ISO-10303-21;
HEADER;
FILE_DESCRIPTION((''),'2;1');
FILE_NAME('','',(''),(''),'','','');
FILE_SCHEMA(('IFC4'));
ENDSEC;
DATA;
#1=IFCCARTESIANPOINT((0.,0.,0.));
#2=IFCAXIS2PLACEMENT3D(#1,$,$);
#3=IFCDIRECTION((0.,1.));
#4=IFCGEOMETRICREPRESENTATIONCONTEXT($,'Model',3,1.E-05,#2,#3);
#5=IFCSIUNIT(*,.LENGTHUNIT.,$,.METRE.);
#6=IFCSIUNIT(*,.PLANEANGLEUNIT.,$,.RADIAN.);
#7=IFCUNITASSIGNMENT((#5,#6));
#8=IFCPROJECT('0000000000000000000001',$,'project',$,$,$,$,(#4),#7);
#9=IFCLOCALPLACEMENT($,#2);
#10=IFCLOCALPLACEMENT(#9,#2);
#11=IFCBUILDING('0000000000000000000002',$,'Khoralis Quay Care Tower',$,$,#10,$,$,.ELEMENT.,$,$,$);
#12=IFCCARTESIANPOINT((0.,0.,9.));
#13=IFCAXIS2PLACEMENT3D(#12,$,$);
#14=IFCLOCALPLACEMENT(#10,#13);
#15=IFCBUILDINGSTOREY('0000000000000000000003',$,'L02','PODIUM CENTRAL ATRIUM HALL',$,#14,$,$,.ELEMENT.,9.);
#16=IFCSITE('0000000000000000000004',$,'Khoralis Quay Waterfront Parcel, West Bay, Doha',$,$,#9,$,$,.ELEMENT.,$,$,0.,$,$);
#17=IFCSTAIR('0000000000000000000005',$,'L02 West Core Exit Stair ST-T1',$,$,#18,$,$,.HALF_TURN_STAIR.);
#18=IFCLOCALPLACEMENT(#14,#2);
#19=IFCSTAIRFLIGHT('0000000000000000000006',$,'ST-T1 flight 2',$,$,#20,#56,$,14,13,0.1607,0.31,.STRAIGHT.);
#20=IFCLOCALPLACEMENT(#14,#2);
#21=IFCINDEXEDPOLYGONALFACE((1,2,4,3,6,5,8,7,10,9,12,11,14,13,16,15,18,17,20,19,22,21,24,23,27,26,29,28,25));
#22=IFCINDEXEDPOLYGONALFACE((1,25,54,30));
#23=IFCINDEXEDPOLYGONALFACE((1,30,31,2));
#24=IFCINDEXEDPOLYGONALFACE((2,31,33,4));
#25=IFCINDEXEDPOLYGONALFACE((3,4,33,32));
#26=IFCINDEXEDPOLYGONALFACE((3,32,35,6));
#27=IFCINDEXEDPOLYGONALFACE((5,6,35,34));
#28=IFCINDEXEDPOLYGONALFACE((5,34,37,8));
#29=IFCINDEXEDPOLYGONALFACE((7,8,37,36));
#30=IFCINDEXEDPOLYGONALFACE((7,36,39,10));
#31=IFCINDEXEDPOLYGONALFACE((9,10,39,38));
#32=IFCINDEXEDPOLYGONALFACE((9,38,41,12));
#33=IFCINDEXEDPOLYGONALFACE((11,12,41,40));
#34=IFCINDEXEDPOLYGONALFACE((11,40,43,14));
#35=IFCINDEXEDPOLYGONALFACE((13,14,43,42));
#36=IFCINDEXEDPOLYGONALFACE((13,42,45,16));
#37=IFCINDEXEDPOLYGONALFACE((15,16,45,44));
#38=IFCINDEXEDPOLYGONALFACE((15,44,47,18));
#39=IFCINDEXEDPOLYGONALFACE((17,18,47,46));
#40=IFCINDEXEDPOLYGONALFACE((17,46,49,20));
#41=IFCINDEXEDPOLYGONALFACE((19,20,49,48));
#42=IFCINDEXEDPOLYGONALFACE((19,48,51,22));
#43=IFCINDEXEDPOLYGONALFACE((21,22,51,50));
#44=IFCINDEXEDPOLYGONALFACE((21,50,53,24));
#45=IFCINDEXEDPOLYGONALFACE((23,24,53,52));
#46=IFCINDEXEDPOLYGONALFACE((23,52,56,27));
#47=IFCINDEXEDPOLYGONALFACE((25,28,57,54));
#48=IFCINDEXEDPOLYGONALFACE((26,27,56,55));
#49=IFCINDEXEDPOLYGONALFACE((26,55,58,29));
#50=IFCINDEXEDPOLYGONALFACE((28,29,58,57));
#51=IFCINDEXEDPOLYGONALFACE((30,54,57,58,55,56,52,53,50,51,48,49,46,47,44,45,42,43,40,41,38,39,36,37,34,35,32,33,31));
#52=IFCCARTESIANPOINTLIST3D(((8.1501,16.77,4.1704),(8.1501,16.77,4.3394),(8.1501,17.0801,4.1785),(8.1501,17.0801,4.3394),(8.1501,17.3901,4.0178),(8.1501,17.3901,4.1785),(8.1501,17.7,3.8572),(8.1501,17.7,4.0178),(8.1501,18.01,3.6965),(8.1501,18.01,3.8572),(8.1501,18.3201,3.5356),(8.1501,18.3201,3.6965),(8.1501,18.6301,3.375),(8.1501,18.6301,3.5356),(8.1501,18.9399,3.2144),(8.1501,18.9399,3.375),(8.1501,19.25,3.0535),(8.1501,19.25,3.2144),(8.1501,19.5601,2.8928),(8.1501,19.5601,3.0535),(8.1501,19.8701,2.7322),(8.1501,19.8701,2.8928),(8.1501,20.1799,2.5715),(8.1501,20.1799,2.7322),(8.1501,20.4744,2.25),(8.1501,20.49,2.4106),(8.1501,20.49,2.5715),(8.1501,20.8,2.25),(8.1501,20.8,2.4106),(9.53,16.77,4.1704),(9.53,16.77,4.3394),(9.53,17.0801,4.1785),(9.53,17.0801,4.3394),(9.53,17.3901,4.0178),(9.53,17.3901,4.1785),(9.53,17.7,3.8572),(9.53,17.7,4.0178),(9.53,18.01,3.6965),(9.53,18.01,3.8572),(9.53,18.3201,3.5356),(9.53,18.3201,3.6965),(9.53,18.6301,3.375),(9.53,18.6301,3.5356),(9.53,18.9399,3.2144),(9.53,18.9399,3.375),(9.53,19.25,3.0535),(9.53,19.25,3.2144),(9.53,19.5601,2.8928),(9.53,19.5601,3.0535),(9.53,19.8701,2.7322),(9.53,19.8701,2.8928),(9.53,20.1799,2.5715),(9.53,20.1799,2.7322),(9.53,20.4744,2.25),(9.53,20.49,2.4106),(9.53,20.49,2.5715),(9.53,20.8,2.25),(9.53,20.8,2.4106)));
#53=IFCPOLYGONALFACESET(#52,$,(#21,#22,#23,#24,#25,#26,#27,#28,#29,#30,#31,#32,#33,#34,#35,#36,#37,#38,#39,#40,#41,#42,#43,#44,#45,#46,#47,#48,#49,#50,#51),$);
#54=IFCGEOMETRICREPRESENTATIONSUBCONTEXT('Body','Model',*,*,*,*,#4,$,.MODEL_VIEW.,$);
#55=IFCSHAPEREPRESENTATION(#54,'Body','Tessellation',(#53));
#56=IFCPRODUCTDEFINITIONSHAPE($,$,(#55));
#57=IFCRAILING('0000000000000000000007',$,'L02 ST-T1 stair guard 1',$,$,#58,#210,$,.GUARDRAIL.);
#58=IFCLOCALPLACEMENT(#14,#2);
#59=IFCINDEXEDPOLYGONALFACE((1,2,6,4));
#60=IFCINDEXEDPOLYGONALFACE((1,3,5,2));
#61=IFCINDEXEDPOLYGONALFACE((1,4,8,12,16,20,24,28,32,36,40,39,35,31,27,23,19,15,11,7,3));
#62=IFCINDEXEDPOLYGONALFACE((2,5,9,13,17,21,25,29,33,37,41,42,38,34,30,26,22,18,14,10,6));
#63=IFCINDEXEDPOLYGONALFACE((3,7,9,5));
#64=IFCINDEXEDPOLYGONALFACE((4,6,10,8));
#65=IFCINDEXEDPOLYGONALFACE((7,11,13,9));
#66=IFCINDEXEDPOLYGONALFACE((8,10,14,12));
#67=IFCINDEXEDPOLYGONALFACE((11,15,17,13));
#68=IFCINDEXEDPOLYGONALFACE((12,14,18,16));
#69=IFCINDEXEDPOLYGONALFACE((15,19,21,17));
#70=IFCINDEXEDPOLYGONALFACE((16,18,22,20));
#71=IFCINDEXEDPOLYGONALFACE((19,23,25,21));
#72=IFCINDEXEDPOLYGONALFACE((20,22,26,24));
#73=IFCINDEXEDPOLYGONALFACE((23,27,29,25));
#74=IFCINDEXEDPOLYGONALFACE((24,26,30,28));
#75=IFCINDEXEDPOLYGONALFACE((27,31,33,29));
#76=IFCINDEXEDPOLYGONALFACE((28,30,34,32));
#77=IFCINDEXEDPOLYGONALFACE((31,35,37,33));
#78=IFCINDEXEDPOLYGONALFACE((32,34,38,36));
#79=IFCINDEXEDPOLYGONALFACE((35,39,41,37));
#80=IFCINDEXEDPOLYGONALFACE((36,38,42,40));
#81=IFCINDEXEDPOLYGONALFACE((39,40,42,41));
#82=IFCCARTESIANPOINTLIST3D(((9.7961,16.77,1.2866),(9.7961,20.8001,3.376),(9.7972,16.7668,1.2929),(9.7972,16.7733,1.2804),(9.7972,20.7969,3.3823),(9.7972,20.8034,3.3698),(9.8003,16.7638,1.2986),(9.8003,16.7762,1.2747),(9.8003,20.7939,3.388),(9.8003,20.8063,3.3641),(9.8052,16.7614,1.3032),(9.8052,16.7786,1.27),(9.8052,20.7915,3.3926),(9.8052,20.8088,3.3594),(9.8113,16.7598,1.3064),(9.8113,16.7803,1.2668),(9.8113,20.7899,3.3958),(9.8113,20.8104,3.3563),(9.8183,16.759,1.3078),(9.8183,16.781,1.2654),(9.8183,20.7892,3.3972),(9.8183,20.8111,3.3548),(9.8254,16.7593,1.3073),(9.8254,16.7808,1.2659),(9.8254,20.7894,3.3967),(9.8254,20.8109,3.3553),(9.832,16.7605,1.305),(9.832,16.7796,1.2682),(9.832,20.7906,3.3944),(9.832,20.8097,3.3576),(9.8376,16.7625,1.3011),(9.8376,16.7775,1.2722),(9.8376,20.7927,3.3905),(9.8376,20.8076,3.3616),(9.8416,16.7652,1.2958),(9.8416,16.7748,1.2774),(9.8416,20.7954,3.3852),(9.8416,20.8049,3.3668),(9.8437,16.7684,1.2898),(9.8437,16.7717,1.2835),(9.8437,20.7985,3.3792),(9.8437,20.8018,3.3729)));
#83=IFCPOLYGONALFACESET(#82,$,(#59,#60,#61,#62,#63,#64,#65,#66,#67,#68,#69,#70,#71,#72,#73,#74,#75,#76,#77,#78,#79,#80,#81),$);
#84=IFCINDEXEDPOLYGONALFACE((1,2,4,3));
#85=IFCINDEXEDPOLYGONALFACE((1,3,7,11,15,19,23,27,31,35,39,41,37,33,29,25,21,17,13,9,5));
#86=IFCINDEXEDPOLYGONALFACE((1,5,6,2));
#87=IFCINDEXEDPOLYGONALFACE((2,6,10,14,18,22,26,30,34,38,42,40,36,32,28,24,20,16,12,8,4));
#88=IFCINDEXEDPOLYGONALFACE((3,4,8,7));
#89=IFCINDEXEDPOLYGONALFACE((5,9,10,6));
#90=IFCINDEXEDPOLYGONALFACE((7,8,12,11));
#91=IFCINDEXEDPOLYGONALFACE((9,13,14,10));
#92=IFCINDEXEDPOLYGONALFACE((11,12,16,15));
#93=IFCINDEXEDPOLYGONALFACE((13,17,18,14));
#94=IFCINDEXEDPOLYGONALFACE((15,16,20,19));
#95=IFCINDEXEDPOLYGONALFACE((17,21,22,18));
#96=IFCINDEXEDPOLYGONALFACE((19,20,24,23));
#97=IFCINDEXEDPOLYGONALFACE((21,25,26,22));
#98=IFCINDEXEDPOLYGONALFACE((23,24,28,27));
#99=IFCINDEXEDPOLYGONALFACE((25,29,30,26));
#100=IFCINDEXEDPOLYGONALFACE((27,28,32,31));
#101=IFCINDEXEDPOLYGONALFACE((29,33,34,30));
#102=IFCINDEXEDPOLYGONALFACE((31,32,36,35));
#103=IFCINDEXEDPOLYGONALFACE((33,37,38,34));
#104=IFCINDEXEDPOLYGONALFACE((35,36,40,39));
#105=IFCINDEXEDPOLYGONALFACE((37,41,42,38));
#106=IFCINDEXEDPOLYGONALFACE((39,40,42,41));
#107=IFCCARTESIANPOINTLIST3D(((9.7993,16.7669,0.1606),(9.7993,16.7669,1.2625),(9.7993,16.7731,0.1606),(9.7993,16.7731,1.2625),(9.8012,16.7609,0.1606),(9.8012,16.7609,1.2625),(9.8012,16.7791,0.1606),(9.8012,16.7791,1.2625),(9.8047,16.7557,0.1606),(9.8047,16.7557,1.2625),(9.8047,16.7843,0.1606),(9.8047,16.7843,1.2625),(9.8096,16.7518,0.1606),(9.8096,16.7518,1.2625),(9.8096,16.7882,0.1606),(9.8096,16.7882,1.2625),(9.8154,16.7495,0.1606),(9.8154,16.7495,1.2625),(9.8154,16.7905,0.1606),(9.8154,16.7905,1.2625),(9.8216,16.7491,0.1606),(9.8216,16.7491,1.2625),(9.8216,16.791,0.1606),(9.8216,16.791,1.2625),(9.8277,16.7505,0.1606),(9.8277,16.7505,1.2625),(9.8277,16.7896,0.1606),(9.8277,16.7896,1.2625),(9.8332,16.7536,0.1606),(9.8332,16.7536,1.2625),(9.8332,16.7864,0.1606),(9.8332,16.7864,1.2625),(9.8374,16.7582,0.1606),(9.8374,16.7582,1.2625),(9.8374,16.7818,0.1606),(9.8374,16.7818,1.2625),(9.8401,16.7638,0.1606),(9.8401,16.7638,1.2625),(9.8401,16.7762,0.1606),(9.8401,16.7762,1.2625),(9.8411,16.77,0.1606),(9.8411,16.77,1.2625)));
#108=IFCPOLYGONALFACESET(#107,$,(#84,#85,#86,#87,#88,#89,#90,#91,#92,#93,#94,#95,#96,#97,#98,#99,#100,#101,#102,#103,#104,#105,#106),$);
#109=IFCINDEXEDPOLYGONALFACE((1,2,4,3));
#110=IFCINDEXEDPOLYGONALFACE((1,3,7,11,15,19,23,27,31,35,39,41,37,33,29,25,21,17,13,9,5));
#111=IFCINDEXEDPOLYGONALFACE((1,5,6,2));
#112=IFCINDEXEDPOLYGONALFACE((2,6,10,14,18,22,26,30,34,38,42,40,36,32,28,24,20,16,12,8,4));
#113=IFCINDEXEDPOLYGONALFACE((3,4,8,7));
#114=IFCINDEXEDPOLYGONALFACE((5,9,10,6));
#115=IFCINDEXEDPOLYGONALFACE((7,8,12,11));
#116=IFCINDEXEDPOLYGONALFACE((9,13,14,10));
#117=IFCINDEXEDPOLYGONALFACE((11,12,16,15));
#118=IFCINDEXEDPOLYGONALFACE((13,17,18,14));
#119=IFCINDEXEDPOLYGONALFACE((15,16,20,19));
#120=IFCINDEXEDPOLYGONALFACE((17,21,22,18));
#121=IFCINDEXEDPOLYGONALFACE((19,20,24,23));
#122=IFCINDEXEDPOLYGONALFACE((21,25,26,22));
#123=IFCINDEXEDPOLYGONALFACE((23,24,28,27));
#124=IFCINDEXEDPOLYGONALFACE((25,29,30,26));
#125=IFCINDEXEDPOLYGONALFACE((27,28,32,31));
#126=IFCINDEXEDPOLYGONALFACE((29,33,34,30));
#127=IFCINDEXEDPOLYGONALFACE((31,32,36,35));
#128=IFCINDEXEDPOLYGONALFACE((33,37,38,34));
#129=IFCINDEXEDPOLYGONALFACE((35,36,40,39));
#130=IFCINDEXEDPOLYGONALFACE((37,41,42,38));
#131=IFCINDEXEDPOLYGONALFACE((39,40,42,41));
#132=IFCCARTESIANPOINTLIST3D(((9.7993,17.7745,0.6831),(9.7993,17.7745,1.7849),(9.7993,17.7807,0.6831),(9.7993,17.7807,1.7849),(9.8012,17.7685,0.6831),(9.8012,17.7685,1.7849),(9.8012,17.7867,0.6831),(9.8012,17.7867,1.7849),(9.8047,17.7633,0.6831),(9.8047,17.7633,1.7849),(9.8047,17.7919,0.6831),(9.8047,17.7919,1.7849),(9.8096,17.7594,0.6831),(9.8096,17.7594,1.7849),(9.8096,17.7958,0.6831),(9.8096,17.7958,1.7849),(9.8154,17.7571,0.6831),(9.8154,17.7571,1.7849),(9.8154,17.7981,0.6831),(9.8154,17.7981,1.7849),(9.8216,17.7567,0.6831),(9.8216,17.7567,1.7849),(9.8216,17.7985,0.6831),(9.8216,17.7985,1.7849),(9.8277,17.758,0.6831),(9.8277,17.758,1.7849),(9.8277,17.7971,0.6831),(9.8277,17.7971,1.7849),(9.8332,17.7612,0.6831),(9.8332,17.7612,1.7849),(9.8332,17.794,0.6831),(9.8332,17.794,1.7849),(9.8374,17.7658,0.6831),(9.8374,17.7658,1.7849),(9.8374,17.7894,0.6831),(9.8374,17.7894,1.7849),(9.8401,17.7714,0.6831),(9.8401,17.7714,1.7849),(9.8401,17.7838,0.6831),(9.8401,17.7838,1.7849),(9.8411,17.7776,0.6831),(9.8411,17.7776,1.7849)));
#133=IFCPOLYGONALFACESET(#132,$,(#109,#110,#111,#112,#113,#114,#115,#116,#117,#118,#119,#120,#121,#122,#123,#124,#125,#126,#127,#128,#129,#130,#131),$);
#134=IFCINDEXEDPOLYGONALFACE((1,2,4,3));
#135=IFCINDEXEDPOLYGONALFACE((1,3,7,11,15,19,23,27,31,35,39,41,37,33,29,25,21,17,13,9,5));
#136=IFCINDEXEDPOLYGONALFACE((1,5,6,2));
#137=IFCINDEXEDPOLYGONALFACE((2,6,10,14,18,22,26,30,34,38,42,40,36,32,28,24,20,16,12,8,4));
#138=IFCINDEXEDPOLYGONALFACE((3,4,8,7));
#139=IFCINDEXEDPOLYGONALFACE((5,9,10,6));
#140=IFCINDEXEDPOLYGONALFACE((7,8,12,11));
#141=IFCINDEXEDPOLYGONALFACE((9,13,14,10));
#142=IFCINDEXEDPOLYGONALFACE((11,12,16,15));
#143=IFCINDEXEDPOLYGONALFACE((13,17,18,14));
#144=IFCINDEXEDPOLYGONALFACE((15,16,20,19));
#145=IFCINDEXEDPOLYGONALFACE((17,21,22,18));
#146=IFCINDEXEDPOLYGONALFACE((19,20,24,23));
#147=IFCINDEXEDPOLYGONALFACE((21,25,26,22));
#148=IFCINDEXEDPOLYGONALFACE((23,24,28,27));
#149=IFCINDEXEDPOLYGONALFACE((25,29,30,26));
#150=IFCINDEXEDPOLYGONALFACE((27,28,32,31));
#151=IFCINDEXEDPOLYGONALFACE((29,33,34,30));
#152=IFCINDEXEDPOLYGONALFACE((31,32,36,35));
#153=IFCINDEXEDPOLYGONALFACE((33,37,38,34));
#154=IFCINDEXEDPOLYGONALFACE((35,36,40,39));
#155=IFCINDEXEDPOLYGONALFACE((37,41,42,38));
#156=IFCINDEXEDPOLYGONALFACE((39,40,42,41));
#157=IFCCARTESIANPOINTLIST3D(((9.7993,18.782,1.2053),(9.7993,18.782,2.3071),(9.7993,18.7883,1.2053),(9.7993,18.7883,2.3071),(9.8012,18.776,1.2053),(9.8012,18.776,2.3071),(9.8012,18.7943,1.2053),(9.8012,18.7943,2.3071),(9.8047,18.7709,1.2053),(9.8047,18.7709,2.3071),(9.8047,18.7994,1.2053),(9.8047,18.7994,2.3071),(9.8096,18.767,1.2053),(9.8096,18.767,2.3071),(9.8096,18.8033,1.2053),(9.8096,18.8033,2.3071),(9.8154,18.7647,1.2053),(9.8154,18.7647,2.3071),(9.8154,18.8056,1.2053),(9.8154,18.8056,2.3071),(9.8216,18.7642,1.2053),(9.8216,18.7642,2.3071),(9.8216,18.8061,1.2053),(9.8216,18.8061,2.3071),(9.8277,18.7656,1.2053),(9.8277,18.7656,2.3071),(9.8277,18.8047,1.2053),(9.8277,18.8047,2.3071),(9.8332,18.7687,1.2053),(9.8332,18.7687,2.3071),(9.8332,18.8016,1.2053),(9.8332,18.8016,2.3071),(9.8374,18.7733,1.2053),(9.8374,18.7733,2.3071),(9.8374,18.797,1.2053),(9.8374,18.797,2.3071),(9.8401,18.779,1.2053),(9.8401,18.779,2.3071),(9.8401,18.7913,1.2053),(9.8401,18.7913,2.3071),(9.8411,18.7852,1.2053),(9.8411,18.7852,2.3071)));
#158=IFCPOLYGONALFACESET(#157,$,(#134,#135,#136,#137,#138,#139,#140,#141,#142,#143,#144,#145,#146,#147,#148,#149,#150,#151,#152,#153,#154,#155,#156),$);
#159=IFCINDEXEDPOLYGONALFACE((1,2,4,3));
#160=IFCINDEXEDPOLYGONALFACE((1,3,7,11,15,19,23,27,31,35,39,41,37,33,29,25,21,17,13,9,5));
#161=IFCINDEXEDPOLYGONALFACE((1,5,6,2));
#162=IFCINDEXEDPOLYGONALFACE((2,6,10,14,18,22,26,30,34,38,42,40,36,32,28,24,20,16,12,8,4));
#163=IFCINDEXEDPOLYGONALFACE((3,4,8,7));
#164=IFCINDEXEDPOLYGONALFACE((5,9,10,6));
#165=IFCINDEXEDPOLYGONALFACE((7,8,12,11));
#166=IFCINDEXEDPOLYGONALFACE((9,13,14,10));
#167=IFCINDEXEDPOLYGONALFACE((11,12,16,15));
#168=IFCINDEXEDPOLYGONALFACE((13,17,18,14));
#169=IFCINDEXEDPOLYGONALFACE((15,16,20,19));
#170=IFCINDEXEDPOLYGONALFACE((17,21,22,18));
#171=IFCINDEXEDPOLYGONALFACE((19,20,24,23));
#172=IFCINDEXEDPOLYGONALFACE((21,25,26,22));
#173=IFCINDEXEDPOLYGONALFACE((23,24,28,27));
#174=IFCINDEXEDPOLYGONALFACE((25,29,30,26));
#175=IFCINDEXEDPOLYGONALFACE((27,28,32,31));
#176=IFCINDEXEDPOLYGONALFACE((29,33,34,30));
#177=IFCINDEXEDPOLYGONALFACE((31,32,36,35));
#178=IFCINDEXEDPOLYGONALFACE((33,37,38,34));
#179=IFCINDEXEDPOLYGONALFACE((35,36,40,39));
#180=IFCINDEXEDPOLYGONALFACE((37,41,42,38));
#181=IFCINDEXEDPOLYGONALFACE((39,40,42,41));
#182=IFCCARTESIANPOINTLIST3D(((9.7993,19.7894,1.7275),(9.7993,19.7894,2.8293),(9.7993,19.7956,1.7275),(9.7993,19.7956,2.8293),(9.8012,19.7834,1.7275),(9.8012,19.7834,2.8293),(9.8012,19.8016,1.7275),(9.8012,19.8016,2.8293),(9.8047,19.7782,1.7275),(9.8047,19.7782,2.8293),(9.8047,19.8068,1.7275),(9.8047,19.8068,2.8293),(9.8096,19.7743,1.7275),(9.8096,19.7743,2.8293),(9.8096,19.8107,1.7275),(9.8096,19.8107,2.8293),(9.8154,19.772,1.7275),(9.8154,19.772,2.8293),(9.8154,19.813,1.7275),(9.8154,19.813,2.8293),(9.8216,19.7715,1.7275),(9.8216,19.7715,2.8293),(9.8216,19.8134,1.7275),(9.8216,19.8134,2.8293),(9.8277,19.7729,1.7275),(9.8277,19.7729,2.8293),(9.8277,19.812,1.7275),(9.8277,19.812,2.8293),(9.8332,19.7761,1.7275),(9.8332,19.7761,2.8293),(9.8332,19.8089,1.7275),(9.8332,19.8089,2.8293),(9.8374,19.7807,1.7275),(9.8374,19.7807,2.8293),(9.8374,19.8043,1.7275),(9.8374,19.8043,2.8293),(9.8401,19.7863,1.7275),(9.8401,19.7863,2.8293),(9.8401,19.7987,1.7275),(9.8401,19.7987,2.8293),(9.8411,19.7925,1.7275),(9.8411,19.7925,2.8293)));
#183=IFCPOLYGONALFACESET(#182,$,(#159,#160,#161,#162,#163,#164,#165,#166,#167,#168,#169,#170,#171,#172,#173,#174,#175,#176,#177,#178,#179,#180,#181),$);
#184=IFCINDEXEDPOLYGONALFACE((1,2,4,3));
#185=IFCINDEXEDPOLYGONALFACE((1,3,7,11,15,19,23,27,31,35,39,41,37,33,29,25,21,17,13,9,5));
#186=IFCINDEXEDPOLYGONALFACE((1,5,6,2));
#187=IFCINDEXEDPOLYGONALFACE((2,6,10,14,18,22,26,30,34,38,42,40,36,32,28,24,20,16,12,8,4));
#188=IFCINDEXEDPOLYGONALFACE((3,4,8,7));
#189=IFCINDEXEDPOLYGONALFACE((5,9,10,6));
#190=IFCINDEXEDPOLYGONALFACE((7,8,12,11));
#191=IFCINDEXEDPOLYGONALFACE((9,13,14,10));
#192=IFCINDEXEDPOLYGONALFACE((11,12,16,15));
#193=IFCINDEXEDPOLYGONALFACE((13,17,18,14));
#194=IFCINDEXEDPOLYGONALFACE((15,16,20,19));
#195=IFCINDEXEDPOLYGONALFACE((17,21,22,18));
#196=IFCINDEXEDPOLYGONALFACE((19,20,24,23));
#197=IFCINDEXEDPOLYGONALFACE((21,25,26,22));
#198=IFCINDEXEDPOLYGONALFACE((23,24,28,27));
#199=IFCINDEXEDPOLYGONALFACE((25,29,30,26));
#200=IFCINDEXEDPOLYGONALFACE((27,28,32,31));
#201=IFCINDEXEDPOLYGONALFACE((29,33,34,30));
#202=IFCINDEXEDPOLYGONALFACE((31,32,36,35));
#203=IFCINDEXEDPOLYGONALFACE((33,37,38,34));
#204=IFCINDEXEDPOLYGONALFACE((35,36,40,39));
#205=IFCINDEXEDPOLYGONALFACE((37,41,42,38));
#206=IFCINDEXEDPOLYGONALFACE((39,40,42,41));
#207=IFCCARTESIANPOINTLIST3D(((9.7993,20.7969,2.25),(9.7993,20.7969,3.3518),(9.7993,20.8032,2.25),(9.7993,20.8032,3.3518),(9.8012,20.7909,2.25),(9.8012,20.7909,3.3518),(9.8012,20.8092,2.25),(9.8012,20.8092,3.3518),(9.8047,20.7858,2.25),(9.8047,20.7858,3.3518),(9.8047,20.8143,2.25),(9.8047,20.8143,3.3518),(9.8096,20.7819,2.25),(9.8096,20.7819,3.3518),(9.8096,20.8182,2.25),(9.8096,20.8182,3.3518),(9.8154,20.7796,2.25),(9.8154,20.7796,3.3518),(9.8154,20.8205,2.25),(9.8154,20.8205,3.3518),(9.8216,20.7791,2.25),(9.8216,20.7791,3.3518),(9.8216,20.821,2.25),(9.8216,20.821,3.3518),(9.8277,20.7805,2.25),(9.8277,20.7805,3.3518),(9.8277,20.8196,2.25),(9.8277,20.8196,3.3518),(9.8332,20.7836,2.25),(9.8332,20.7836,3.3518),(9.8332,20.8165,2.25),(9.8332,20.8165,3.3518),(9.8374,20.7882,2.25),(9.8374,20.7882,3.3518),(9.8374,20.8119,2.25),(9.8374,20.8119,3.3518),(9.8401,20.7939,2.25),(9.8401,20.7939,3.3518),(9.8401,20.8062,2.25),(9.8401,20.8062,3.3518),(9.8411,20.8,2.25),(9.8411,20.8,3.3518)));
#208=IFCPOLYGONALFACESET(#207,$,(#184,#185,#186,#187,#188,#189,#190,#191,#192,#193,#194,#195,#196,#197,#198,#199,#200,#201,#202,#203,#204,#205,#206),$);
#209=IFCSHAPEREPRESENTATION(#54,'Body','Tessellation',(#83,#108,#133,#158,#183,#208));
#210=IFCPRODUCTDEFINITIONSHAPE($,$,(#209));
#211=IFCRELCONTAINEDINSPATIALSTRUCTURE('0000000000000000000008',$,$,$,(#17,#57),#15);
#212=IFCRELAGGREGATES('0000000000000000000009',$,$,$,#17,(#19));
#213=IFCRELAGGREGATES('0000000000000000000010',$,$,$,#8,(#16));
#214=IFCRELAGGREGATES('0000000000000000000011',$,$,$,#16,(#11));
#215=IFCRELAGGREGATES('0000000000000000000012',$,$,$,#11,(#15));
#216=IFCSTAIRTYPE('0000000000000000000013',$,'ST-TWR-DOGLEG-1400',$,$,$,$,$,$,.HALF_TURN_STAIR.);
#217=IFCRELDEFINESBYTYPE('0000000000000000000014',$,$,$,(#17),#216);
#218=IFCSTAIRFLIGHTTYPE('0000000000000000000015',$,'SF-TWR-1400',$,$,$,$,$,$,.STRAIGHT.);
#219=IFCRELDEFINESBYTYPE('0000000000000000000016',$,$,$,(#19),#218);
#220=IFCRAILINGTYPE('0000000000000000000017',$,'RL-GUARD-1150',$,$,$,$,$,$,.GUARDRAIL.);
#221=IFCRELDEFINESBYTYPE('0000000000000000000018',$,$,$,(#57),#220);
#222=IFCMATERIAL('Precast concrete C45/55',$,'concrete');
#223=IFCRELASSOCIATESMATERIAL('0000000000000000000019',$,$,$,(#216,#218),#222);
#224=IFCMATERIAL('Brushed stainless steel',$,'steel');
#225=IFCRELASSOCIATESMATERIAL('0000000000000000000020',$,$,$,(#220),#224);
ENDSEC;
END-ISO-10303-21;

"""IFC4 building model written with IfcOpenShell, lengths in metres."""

from ifc_helpers import new_model, si_unit, direction, frame, origin, origin_2d, place, context, subcontext, project, spatial, polyline, circle, outline, extrude, source, transform, mapped, material, type_object, element, aggregate, save


model = new_model("IFC4")

# Units and contexts
model_context = context("Model", 3, precision=1e-05, world=origin(), true_north=direction((0.0, 1.0)))
body_context = subcontext(model_context, "Body", "Model", "MODEL_VIEW")
ifc_project = project(units=[si_unit("LENGTHUNIT", "METRE"), si_unit("PLANEANGLEUNIT", "RADIAN")], contexts=[model_context])

# Site, building, storey
site_placement = place(None, origin())
site = spatial("IfcSite", under=ifc_project, at=site_placement, Name="Khoralis Quay Waterfront Parcel, West Bay, Doha", CompositionType="ELEMENT", RefElevation=0.0)
building_placement = place(site_placement, origin())
building = spatial("IfcBuilding", under=site, at=building_placement, Name="Khoralis Quay Care Tower", CompositionType="ELEMENT")
storey_placement = place(building_placement, frame((0.0, 0.0, 9.0)))
storey = spatial("IfcBuildingStorey", under=building, at=storey_placement, Name="L02", Description="PODIUM CENTRAL ATRIUM HALL", CompositionType="ELEMENT", Elevation=9.0)

# Shared definitions
ifc_material_1 = material(Name="Brushed stainless steel", Category="steel")

# Stair, stair flight
ifc_material_2 = material(Name="Precast concrete C45/55", Category="concrete")
stair_type = type_object("IfcStairType", Name="ST-TWR-DOGLEG-1400", PredefinedType="HALF_TURN_STAIR", material=ifc_material_2)
stair_placement = place(storey_placement, origin())
stair = element("IfcStair", 1, at=stair_placement, inside=storey, type_object=stair_type, Name="L02 West Core Exit Stair ST-T1", PredefinedType="HALF_TURN_STAIR")
stair_flight_type = type_object("IfcStairFlightType", Name="SF-TWR-1400", PredefinedType="STRAIGHT", material=ifc_material_2)
shared_shape_1 = source(origin(), body_context, "Body", "SweptSolid", [
    extrude(outline(polyline([(0.0, 0.0), (0.0, 0.1606), (0.3101, 0.1606), (0.3101, 0.3215), (0.6201, 0.3215), (0.6201, 0.4822), (0.9299, 0.4822), (0.9299, 0.6428), (1.24, 0.6428), (1.24, 0.8035), (1.55, 0.8035), (1.55, 0.9644), (1.8601, 0.9644), (1.8601, 1.125), (2.1699, 1.125), (2.1699, 1.2856), (2.48, 1.2856), (2.48, 1.4465), (2.79, 1.4465), (2.79, 1.6072), (3.1001, 1.6072), (3.1001, 1.7678), (3.4099, 1.7678), (3.4099, 1.9285), (3.72, 1.9285), (3.72, 2.0894), (4.03, 2.0894), (4.03, 2.25), (4.03, 1.9204), (0.3257, 0.0), (0.0, 0.0)])), frame((0.0, 0.6899, 0.0), z_axis=(0.0, -1.0, 0.0), x_axis=(1.0, 0.0, 0.0)), (0.0, 0.0, 1.0), 1.3799),
])
stair_flight_1_placement = place(storey_placement, frame((8.8401, 20.8, 2.25), z_axis=(0.0, 0.0, 1.0), x_axis=(0.0, -1.0, 0.0)))
stair_flight_1 = element("IfcStairFlight", 2, at=stair_flight_1_placement, type_object=stair_flight_type, Name="ST-T1 flight 2", NumberOfRisers=14, NumberOfTreads=13, PredefinedType="STRAIGHT", RiserHeight=0.1607, TreadLength=0.31, context=body_context, shape_type="MappedRepresentation", body=[
    mapped(shared_shape_1, transform((0.0, 0.0, 0.0), scale=1.0)),
])
aggregate(stair, [stair_flight_1])

# Railing
railing_type_1 = type_object("IfcRailingType", Name="RL-GUARD-1150", PredefinedType="GUARDRAIL", material=ifc_material_1)
railing_1_placement = place(storey_placement, frame((9.8201, 16.77, 0.1606)))
element("IfcRailing", 3, at=railing_1_placement, inside=storey, type_object=railing_type_1, Name="L02 ST-T1 stair guard 1", PredefinedType="GUARDRAIL", context=body_context, shape_type="SweptSolid", body=[
    extrude(circle(Radius=0.0239, at=origin_2d()), frame((0.0, 0.0, 1.126), z_axis=(0.0, 0.887781, 0.460267), x_axis=(-1.0, 0.0, 0.0)), (0.0, 0.0, 1.0), 4.5396),
    extrude(circle(Radius=0.021, at=origin_2d()), origin(), (0.0, 0.0, 1.0), 1.1018),
    extrude(circle(Radius=0.021, at=origin_2d()), frame((0.0, 1.0076, 0.5225)), (0.0, 0.0, 1.0), 1.1018),
    extrude(circle(Radius=0.021, at=origin_2d()), frame((0.0, 2.0151, 1.0447)), (0.0, 0.0, 1.0), 1.1018),
    extrude(circle(Radius=0.021, at=origin_2d()), frame((0.0, 3.0225, 1.5669)), (0.0, 0.0, 1.0), 1.1018),
    extrude(circle(Radius=0.021, at=origin_2d()), frame((0.0, 4.03, 2.0894)), (0.0, 0.0, 1.0), 1.1018),
])

save(model, "model.ifc")
